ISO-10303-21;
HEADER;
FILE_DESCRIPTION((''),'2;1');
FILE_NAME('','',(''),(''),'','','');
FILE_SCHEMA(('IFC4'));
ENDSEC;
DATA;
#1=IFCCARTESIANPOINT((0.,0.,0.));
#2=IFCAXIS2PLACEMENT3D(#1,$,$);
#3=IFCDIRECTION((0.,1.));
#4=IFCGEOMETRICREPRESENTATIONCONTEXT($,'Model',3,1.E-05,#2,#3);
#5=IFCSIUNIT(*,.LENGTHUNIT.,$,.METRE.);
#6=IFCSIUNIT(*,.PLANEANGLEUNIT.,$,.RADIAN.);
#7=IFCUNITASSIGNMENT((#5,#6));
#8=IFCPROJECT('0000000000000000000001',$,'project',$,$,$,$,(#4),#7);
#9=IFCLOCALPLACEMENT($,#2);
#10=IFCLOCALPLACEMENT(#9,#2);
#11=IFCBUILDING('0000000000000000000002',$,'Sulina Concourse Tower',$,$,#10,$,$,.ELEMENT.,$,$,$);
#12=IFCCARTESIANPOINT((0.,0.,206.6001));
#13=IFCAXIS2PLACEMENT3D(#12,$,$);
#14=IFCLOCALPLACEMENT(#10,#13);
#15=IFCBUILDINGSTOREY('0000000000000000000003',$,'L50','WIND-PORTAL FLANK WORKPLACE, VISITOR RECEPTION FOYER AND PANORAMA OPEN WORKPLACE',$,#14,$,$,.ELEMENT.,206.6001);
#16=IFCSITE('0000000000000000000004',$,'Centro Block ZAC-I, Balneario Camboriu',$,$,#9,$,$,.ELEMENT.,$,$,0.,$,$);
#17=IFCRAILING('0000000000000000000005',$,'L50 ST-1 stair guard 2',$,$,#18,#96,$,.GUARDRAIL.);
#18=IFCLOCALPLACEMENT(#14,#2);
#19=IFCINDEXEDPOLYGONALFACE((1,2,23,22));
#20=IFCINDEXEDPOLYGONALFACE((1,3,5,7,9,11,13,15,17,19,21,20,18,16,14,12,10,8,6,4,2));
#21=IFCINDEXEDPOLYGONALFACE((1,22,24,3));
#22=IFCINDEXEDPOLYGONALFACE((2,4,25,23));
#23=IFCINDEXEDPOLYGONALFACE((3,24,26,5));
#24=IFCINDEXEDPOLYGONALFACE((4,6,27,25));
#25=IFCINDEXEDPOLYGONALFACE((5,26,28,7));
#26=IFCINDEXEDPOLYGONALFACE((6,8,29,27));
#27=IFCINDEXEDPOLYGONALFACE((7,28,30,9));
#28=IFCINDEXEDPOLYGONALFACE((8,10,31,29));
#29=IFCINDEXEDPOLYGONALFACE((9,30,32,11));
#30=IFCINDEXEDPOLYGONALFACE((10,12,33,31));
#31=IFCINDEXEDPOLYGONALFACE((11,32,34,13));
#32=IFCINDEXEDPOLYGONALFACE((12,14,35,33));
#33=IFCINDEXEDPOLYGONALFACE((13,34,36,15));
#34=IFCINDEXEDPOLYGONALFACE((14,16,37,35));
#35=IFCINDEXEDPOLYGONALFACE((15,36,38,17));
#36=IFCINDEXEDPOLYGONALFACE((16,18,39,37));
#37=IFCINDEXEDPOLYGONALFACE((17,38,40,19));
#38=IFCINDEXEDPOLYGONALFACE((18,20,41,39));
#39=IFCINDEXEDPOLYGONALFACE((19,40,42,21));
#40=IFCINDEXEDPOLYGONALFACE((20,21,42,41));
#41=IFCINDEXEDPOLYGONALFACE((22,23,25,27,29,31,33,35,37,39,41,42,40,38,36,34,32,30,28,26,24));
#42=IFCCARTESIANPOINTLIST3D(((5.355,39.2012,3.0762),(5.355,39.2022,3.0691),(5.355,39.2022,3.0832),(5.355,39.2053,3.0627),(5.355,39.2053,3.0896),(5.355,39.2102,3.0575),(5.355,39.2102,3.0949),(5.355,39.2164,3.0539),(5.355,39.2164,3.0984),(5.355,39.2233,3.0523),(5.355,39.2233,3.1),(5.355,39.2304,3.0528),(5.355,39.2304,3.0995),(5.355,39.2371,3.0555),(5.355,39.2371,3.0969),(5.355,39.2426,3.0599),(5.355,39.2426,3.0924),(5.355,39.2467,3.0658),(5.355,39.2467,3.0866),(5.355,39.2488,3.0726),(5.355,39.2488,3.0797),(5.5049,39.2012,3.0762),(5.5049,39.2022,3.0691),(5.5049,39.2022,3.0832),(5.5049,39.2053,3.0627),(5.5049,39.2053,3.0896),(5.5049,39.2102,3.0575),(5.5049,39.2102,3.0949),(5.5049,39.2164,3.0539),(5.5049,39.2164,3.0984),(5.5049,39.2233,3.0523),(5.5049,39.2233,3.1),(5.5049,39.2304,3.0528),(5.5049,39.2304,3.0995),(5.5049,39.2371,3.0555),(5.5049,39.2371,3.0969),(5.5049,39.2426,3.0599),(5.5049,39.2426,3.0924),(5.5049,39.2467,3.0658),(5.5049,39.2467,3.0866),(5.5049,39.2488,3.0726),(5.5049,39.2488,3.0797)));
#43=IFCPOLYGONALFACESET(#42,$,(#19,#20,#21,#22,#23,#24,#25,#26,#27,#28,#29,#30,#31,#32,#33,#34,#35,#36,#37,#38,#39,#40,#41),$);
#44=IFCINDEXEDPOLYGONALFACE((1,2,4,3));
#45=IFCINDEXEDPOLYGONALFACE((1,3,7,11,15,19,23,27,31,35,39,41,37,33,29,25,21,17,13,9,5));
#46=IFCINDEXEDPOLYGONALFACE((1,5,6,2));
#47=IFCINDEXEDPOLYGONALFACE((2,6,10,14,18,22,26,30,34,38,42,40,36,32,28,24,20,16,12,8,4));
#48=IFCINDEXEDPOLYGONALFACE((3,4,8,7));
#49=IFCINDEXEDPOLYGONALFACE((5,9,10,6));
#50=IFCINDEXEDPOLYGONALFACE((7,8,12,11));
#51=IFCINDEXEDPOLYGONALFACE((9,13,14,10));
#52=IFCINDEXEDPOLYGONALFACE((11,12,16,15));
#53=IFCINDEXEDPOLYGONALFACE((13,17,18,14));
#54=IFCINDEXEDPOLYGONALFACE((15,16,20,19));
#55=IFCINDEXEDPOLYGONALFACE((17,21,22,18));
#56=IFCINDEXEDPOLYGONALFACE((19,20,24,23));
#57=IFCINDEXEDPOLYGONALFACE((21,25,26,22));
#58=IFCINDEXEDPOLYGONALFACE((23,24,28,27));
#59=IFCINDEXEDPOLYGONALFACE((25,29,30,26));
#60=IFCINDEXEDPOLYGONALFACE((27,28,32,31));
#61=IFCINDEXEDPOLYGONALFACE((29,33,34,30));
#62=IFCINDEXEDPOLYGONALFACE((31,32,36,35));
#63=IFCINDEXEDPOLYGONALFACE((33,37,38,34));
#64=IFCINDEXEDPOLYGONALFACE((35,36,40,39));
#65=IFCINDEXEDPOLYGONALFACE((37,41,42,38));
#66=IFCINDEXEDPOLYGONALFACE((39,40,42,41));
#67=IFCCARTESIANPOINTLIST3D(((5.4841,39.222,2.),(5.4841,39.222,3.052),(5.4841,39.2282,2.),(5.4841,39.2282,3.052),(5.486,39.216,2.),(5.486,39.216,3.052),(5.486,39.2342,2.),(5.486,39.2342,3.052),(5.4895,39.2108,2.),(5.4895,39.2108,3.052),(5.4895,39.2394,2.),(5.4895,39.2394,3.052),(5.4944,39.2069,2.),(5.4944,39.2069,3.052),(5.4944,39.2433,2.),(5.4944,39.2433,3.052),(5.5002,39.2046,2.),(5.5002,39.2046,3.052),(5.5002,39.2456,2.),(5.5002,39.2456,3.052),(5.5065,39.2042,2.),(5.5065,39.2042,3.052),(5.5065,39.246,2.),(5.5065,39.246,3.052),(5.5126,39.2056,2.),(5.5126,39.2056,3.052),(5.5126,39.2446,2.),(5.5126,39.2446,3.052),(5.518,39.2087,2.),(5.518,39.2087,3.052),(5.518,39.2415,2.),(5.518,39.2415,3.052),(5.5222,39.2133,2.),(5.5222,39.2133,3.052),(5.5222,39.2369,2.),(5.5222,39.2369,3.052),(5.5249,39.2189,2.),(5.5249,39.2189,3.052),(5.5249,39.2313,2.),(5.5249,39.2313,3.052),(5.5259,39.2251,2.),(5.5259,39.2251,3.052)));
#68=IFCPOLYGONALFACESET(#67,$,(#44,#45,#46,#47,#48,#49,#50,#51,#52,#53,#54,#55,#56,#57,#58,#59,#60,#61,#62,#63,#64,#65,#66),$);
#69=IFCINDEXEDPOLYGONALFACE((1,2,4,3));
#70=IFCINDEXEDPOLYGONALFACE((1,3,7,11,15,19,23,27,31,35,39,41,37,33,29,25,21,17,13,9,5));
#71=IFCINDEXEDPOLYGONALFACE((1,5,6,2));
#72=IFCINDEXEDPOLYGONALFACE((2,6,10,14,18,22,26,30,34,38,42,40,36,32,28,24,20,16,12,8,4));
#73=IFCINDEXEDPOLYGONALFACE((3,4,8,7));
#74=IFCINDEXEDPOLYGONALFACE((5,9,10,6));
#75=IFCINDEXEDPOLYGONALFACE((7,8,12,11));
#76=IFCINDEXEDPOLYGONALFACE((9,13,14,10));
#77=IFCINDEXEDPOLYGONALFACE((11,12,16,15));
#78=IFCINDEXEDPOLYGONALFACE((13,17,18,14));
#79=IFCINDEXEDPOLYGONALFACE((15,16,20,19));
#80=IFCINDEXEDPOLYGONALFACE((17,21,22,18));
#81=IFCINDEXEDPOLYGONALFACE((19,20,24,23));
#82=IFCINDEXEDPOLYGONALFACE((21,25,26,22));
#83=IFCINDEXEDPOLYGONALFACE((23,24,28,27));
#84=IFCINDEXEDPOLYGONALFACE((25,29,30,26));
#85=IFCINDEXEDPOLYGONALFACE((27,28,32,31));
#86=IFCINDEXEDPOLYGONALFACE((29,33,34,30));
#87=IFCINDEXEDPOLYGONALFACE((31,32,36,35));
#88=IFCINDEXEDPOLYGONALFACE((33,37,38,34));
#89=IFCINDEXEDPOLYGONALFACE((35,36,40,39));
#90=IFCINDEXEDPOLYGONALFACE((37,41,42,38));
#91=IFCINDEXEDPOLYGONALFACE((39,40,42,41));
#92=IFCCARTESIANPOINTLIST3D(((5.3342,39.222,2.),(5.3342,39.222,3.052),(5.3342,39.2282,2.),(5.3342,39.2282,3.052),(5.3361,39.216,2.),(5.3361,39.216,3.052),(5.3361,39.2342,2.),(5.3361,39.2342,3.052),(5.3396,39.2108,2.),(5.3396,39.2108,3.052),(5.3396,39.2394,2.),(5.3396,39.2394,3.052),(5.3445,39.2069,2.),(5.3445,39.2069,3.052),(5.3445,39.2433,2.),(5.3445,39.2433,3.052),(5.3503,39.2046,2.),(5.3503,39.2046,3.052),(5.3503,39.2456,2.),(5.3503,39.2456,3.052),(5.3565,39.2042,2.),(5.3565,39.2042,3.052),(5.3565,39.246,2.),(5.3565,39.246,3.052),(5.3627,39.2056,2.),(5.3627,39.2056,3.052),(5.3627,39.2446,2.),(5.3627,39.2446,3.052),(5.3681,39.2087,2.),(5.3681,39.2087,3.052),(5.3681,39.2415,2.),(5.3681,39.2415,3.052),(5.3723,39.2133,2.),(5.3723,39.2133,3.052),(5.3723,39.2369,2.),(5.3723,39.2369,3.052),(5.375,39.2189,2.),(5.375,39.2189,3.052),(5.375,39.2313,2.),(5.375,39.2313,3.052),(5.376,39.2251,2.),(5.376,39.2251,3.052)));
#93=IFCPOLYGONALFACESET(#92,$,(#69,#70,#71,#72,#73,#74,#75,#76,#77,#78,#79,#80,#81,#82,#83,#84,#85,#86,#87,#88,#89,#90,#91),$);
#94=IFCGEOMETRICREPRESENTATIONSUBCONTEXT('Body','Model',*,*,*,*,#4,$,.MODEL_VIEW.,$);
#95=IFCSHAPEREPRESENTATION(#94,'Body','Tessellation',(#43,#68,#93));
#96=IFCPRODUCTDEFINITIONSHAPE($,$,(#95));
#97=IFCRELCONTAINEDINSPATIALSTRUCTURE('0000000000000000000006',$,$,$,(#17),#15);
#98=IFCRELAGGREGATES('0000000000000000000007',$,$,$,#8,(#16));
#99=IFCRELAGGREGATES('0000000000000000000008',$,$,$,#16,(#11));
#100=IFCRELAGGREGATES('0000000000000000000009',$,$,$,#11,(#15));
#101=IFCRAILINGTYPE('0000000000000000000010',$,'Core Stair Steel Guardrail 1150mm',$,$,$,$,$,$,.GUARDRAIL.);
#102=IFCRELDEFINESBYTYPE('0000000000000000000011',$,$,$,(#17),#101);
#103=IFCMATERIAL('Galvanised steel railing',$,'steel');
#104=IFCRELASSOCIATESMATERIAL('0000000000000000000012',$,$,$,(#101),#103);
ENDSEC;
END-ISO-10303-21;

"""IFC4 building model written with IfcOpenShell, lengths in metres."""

from ifc_helpers import new_model, si_unit, direction, frame, origin, origin_2d, place, context, subcontext, project, spatial, circle, extrude, material, type_object, element, save


model = new_model("IFC4")

# Units and contexts
model_context = context("Model", 3, precision=1e-05, world=origin(), true_north=direction((0.0, 1.0)))
body_context = subcontext(model_context, "Body", "Model", "MODEL_VIEW")
ifc_project = project(units=[si_unit("LENGTHUNIT", "METRE"), si_unit("PLANEANGLEUNIT", "RADIAN")], contexts=[model_context])

# Site, building, storey
site_placement = place(None, origin())
site = spatial("IfcSite", under=ifc_project, at=site_placement, Name="Centro Block ZAC-I, Balneario Camboriu", CompositionType="ELEMENT", RefElevation=0.0)
building_placement = place(site_placement, origin())
building = spatial("IfcBuilding", under=site, at=building_placement, Name="Sulina Concourse Tower", CompositionType="ELEMENT")
storey_placement = place(building_placement, frame((0.0, 0.0, 206.6001)))
storey = spatial("IfcBuildingStorey", under=building, at=storey_placement, Name="L50", Description="WIND-PORTAL FLANK WORKPLACE, VISITOR RECEPTION FOYER AND PANORAMA OPEN WORKPLACE", CompositionType="ELEMENT", Elevation=206.6001)

# Railing
ifc_material_1 = material(Name="Galvanised steel railing", Category="steel")
railing_type_1 = type_object("IfcRailingType", Name="Core Stair Steel Guardrail 1150mm", PredefinedType="GUARDRAIL", material=ifc_material_1)
railing_1_placement = place(storey_placement, frame((5.5049, 39.2251, 2.0)))
element("IfcRailing", 1, at=railing_1_placement, inside=storey, type_object=railing_type_1, Name="L50 ST-1 stair guard 2", PredefinedType="GUARDRAIL", context=body_context, shape_type="SweptSolid", body=[
    extrude(circle(Radius=0.0239, at=origin_2d()), frame((0.0, 0.0, 1.0762), z_axis=(-1.0, 0.0, 0.0), x_axis=(0.0, -1.0, 0.0)), (0.0, 0.0, 1.0), 0.1499),
    extrude(circle(Radius=0.021, at=origin_2d()), origin(), (0.0, 0.0, 1.0), 1.052),
    extrude(circle(Radius=0.021, at=origin_2d()), frame((-0.1499, 0.0, 0.0)), (0.0, 0.0, 1.0), 1.052),
])

save(model, "model.ifc")
